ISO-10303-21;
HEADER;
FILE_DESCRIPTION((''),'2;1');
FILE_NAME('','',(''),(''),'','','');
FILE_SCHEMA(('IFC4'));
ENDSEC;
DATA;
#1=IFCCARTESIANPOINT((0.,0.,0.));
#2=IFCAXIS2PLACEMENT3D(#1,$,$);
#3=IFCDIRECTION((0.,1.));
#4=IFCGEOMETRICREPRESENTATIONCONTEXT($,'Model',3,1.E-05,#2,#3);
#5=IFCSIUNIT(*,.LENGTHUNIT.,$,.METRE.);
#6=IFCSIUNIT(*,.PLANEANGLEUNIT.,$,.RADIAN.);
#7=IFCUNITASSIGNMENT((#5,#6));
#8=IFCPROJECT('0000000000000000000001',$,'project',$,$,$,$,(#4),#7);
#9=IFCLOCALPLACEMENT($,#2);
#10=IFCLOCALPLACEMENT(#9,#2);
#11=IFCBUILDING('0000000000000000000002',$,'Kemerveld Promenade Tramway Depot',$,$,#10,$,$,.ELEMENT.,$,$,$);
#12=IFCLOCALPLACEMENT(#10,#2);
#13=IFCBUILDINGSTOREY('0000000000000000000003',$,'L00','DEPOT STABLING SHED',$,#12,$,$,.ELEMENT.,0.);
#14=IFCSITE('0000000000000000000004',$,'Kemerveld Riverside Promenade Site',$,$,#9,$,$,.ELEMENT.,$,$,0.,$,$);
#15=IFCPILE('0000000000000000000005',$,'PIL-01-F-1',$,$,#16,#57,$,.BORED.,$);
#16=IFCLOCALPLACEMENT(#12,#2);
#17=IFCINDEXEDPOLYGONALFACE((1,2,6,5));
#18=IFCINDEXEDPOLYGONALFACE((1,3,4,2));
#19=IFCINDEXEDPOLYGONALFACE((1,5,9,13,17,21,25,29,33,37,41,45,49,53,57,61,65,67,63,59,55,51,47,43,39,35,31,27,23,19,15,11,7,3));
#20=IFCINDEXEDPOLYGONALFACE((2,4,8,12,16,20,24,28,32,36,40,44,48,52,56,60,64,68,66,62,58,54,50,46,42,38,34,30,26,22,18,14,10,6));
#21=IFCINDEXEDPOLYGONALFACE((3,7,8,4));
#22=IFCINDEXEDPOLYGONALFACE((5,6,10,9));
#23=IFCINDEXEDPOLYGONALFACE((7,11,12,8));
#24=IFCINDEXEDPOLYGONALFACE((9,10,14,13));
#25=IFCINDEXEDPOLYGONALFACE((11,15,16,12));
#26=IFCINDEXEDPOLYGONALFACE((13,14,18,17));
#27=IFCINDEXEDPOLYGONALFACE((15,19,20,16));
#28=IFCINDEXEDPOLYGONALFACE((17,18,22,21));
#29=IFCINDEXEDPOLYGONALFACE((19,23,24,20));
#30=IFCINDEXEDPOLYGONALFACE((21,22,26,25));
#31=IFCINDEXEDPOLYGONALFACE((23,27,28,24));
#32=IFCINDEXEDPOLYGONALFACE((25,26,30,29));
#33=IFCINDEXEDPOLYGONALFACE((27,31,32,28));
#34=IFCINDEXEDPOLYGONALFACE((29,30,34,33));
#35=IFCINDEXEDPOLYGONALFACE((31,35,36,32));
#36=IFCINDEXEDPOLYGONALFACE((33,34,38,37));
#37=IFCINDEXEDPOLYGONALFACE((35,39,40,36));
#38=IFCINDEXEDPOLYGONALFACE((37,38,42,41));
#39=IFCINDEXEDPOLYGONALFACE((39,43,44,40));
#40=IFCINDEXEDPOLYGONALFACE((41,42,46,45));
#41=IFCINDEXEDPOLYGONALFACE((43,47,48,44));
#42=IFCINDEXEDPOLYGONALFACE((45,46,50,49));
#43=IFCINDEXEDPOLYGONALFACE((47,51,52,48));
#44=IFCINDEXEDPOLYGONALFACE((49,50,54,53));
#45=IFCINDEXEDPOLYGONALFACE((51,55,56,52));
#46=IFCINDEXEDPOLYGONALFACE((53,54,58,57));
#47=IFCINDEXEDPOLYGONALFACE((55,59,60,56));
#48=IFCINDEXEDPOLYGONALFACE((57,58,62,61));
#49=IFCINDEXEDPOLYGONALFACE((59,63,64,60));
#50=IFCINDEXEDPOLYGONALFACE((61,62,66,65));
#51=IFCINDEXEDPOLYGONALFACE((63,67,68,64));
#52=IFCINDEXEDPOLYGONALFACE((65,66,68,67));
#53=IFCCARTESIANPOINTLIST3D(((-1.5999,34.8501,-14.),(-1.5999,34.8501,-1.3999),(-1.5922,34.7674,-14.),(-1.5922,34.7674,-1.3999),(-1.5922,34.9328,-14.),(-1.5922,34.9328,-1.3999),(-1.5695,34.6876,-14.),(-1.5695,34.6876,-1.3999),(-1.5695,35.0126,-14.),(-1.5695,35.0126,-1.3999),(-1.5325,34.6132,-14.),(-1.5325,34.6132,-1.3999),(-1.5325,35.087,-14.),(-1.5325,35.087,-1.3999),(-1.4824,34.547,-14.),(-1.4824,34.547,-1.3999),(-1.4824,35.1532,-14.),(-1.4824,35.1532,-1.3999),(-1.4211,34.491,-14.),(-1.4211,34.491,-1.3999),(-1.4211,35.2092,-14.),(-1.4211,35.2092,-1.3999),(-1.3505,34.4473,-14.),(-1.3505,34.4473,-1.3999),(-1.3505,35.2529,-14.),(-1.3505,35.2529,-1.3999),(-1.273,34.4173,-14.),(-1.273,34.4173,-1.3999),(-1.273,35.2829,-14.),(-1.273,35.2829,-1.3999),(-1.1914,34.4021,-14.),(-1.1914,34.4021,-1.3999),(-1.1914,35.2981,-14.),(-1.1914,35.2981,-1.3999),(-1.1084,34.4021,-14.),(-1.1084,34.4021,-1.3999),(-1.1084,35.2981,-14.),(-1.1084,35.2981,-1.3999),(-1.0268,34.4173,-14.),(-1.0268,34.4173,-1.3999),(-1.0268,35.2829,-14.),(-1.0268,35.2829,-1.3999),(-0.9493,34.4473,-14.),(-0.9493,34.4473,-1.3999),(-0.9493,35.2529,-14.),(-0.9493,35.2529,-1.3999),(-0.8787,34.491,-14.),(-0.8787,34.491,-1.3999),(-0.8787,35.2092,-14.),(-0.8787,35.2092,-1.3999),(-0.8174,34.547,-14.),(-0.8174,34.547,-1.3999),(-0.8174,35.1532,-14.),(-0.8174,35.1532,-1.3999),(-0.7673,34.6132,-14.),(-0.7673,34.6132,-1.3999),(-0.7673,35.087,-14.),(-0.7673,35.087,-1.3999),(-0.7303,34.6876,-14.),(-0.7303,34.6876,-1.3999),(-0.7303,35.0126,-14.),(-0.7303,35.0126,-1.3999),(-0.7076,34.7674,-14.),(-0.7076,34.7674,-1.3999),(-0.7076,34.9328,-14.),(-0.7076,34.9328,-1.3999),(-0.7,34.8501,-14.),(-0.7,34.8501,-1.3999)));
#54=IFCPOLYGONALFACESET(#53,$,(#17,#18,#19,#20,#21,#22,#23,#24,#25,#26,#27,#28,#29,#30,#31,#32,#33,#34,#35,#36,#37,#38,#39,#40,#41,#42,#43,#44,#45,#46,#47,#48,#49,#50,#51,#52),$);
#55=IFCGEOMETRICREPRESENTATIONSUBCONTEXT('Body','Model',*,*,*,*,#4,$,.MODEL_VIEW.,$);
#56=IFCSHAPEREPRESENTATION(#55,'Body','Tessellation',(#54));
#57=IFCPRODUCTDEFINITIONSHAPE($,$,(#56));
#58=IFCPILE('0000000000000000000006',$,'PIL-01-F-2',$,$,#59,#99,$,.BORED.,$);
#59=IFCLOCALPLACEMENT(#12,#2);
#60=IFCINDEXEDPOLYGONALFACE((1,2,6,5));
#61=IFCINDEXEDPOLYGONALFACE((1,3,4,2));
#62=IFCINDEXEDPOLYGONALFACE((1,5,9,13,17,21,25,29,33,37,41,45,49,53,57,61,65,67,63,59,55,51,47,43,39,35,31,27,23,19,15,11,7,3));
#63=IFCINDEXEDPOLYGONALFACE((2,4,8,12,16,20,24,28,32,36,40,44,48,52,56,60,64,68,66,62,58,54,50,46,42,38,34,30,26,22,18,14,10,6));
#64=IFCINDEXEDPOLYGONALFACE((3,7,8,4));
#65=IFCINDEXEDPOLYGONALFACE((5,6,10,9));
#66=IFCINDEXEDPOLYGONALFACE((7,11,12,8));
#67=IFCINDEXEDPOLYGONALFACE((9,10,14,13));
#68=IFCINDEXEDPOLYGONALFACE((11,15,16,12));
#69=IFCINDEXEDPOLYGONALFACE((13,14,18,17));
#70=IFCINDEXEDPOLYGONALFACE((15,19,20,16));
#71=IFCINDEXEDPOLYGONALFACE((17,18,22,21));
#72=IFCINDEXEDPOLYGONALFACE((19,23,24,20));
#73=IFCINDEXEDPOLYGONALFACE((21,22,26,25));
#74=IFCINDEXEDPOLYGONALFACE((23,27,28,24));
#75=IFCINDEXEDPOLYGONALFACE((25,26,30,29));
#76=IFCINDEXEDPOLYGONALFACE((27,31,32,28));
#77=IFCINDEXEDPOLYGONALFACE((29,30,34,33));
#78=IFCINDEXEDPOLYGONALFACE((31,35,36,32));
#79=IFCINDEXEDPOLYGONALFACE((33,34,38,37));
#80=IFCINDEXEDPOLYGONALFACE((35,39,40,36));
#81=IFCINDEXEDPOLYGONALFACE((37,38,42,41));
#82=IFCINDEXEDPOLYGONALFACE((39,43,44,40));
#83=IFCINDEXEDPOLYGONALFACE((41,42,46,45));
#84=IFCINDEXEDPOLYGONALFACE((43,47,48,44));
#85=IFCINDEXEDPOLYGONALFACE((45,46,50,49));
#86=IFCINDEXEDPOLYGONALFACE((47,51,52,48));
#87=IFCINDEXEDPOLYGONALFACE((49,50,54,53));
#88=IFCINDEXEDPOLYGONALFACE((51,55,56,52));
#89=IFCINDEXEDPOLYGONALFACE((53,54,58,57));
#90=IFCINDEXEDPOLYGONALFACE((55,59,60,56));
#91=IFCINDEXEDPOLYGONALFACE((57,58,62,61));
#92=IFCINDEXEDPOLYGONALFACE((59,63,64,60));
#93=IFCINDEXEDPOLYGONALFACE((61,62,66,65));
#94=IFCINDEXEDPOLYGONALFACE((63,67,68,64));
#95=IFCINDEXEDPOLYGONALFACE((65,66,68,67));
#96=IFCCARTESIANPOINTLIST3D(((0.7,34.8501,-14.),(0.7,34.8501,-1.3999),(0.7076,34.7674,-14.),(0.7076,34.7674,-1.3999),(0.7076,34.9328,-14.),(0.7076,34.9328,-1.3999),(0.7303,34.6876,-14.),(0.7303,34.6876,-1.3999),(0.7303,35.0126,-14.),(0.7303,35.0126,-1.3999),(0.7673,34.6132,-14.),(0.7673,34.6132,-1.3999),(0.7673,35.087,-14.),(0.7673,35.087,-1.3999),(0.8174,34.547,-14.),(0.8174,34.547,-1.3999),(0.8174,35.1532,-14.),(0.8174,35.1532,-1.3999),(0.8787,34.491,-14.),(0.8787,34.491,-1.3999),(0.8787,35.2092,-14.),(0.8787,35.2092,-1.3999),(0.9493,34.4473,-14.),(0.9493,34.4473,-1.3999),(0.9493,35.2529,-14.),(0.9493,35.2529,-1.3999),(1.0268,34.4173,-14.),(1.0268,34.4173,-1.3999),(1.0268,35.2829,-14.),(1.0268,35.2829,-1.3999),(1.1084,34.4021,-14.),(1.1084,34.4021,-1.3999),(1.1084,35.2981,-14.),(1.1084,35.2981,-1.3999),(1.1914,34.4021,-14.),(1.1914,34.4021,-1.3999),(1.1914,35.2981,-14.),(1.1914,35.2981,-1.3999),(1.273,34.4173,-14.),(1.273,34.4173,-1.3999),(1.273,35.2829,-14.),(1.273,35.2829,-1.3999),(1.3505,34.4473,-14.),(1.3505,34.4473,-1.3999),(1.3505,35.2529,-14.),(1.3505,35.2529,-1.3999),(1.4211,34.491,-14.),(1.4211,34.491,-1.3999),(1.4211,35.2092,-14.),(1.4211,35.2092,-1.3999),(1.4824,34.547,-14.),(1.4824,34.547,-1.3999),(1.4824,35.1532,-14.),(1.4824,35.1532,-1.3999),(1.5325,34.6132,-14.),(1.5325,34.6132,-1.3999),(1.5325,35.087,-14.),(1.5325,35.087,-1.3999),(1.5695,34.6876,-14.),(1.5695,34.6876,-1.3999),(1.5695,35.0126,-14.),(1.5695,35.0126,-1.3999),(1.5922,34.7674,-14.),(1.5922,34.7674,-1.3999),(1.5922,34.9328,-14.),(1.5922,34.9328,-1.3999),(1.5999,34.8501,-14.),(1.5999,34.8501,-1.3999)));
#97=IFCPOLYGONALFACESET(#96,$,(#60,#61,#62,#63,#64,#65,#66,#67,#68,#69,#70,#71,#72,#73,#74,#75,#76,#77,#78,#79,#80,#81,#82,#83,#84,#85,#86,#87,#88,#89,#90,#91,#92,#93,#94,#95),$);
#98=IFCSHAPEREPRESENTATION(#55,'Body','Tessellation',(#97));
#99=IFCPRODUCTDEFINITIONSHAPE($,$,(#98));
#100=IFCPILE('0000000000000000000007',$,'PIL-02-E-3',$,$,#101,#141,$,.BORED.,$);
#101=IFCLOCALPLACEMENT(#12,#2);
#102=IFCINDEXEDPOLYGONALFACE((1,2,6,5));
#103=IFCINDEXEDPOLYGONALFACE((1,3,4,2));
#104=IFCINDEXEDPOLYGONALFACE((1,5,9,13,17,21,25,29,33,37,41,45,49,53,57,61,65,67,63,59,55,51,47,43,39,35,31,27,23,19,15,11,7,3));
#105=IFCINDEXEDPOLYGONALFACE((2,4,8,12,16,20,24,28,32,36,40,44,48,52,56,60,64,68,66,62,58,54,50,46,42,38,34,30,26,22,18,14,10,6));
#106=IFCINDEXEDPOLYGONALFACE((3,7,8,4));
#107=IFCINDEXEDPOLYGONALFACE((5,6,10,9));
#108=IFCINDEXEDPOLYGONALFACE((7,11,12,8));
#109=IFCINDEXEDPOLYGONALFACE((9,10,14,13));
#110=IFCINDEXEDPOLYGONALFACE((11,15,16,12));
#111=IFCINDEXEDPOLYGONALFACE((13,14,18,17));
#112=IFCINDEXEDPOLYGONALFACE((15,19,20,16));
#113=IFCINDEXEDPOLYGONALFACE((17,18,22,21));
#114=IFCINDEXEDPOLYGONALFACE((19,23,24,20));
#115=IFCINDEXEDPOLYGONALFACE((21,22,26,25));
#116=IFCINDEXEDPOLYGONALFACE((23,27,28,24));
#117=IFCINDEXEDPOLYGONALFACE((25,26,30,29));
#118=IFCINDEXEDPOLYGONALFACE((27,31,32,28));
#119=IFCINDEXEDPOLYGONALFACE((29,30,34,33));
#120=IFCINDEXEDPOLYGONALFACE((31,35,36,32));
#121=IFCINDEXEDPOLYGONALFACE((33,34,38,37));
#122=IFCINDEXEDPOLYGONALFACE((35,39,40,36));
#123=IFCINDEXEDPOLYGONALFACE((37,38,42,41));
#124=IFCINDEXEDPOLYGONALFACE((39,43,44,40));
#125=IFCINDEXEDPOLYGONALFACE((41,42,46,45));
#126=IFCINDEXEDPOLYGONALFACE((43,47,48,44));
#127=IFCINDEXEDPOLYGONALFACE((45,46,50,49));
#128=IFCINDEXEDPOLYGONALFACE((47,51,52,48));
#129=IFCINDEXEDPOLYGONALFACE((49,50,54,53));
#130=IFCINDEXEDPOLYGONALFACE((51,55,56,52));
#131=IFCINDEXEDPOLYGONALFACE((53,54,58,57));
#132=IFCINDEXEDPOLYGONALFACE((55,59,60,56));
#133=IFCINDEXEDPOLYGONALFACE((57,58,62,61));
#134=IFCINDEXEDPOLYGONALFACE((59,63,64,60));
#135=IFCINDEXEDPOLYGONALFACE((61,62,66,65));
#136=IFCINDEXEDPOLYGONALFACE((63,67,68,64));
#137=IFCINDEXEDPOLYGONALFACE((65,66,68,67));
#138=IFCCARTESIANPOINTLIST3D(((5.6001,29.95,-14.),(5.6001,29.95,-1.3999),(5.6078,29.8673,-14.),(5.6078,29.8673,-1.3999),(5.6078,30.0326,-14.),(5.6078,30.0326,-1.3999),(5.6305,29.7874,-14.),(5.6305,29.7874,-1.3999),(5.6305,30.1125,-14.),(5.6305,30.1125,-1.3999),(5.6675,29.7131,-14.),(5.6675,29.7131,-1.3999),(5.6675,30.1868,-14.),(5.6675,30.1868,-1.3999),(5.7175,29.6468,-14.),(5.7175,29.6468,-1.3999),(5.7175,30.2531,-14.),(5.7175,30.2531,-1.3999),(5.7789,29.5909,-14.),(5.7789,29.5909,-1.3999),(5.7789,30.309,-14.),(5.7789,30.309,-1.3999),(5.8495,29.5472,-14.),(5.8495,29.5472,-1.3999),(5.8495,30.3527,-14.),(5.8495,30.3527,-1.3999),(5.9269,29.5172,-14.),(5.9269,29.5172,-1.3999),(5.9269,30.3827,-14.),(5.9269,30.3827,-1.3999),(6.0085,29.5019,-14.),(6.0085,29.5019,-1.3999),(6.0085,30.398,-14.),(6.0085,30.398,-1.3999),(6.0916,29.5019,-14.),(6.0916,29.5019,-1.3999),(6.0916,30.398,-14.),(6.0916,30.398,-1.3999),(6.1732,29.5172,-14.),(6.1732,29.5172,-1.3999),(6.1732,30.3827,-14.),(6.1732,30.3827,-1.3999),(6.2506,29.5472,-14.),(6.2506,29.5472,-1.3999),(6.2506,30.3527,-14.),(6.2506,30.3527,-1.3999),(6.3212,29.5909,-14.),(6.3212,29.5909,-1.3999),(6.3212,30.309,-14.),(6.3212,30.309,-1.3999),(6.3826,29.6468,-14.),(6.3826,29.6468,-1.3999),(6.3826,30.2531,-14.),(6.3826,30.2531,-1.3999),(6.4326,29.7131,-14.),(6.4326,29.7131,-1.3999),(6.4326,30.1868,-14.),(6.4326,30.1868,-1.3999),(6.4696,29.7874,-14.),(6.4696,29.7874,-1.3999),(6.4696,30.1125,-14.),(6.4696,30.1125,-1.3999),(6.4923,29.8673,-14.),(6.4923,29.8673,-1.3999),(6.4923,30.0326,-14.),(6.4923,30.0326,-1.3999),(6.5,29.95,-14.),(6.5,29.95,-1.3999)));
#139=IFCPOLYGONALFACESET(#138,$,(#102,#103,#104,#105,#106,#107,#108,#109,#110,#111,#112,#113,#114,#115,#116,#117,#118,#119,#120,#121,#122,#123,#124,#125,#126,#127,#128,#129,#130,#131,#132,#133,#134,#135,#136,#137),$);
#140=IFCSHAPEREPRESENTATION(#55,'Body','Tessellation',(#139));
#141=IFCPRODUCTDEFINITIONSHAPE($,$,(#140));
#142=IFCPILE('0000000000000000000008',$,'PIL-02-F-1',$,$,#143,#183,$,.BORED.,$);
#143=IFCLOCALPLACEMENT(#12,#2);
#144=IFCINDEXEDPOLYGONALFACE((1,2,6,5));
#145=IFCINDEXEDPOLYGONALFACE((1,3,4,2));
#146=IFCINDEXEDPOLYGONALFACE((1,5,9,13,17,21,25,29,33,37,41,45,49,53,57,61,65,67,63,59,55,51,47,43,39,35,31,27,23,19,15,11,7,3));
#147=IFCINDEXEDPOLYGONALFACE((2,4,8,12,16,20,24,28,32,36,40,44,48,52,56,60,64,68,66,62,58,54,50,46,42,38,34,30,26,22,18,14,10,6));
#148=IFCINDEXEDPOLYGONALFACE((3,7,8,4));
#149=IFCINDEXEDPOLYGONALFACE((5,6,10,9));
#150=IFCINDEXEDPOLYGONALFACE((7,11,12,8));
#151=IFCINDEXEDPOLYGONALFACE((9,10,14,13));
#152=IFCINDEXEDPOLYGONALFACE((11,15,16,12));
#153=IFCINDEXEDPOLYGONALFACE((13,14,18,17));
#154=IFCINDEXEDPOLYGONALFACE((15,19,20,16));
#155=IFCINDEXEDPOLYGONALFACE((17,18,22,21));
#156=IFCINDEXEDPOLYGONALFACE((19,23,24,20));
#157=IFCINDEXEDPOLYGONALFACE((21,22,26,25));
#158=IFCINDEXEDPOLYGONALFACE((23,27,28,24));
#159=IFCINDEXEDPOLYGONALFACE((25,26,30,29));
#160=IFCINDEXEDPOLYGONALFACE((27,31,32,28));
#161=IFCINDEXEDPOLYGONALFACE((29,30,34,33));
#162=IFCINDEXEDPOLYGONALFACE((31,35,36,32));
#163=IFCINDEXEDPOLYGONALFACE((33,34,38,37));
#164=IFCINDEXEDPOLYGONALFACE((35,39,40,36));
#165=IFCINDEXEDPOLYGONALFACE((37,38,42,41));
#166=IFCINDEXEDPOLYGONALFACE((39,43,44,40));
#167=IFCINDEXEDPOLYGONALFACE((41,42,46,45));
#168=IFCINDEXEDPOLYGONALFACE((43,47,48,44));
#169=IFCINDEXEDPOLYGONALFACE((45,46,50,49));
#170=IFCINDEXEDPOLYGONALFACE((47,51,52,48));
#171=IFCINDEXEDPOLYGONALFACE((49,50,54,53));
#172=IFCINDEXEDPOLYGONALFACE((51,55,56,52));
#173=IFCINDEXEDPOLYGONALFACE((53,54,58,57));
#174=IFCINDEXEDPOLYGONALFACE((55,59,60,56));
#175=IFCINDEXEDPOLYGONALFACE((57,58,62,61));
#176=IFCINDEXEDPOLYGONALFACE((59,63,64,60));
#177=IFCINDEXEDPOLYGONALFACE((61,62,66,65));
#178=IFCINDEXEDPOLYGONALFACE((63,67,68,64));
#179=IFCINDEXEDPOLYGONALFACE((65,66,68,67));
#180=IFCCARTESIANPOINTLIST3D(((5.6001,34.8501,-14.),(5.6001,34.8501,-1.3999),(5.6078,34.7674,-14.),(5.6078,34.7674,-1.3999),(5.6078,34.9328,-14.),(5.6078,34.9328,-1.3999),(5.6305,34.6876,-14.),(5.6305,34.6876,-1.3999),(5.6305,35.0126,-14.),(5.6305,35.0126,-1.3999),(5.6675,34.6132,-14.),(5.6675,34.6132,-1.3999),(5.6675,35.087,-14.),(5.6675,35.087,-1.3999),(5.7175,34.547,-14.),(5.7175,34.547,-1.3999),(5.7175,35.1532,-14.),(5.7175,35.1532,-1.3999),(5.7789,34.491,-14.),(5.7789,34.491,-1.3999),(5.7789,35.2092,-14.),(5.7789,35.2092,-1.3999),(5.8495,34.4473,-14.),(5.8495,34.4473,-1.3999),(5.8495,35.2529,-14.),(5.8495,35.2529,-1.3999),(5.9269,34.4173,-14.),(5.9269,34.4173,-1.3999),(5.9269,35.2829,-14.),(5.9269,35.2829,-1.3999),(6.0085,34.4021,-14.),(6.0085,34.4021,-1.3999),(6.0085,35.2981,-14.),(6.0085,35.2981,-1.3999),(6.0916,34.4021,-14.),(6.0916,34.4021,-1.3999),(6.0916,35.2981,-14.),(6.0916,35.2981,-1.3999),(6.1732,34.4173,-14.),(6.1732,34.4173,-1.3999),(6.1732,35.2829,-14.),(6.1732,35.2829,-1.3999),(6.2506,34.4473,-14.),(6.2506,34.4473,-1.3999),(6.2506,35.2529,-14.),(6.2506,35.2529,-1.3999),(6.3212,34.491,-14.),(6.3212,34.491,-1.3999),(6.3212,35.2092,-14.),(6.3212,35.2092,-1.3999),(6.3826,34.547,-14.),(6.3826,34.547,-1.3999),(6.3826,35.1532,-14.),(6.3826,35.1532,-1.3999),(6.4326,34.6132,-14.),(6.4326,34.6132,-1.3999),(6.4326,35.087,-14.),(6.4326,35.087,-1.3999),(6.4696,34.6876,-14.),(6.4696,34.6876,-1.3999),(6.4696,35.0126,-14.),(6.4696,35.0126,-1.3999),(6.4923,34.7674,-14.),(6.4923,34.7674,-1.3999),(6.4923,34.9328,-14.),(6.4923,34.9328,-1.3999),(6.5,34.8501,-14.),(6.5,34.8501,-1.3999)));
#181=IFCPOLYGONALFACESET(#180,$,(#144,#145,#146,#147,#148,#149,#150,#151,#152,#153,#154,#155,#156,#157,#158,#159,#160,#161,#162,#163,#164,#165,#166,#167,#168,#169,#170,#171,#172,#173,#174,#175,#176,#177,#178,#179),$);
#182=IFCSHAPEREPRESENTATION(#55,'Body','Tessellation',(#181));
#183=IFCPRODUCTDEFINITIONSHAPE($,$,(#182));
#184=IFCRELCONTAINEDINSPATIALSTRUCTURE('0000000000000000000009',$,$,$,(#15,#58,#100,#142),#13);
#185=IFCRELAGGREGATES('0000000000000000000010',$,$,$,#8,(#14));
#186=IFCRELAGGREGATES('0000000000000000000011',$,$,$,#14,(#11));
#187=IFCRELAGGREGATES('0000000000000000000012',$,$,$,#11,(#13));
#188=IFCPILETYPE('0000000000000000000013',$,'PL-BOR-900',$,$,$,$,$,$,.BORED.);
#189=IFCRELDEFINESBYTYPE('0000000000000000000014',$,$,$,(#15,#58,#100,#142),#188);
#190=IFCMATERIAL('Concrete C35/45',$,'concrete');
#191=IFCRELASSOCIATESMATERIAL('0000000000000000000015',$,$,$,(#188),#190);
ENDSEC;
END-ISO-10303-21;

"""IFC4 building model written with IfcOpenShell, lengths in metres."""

from ifc_helpers import new_model, si_unit, direction, frame, origin, origin_2d, place, context, subcontext, project, spatial, circle, extrude, material, material_profile, profile_set, type_object, element, save


model = new_model("IFC4")

# Units and contexts
model_context = context("Model", 3, precision=1e-05, world=origin(), true_north=direction((0.0, 1.0)))
body_context = subcontext(model_context, "Body", "Model", "MODEL_VIEW")
ifc_project = project(units=[si_unit("LENGTHUNIT", "METRE"), si_unit("PLANEANGLEUNIT", "RADIAN")], contexts=[model_context])

# Site, building, storey
site_placement = place(None, origin())
site = spatial("IfcSite", under=ifc_project, at=site_placement, Name="Kemerveld Riverside Promenade Site", CompositionType="ELEMENT", RefElevation=0.0)
building_placement = place(site_placement, origin())
building = spatial("IfcBuilding", under=site, at=building_placement, Name="Kemerveld Promenade Tramway Depot", CompositionType="ELEMENT")
storey_placement = place(building_placement, origin())
storey = spatial("IfcBuildingStorey", under=building, at=storey_placement, Name="L00", Description="DEPOT STABLING SHED", CompositionType="ELEMENT", Elevation=0.0)

# Shared definitions
ifc_material_1 = material(Name="Concrete C35/45", Category="concrete")

# Piles
ifc_material_profile_1 = material_profile(ifc_material_1, circle(Radius=0.45, at=origin_2d()), Name="PILE-D900")
ifc_profile_set_1 = profile_set([ifc_material_profile_1], Name="Concrete C35/45")
pile_type = type_object("IfcPileType", Name="PL-BOR-900", PredefinedType="BORED", material=ifc_profile_set_1)
for number, where, z_axis, x_axis, name in (
    (1, (-1.1499, 34.8501, -1.3999), (0.0, 0.0, -1.0), (1.0, 0.0, 0.0), "PIL-01-F-1"),
    (2, (1.1499, 34.8501, -1.3999), (0.0, 0.0, -1.0), (1.0, 0.0, 0.0), "PIL-01-F-2"),
    (3, (6.05, 29.95, -1.3999), (0.0, 0.0, -1.0), (1.0, 0.0, 0.0), "PIL-02-E-3"),
    (4, (6.05, 34.8501, -1.3999), (0.0, 0.0, -1.0), (1.0, 0.0, 0.0), "PIL-02-F-1"),
):
    element("IfcPile", number, at=place(storey_placement, frame(where, z_axis=z_axis, x_axis=x_axis)), inside=storey, type_object=pile_type, Name=name, PredefinedType="BORED", context=body_context, shape_type="SweptSolid", body=[
        extrude(circle(Radius=0.45, at=origin_2d()), origin(), (0.0, 0.0, 1.0), 12.6001),
    ])

save(model, "model.ifc")
